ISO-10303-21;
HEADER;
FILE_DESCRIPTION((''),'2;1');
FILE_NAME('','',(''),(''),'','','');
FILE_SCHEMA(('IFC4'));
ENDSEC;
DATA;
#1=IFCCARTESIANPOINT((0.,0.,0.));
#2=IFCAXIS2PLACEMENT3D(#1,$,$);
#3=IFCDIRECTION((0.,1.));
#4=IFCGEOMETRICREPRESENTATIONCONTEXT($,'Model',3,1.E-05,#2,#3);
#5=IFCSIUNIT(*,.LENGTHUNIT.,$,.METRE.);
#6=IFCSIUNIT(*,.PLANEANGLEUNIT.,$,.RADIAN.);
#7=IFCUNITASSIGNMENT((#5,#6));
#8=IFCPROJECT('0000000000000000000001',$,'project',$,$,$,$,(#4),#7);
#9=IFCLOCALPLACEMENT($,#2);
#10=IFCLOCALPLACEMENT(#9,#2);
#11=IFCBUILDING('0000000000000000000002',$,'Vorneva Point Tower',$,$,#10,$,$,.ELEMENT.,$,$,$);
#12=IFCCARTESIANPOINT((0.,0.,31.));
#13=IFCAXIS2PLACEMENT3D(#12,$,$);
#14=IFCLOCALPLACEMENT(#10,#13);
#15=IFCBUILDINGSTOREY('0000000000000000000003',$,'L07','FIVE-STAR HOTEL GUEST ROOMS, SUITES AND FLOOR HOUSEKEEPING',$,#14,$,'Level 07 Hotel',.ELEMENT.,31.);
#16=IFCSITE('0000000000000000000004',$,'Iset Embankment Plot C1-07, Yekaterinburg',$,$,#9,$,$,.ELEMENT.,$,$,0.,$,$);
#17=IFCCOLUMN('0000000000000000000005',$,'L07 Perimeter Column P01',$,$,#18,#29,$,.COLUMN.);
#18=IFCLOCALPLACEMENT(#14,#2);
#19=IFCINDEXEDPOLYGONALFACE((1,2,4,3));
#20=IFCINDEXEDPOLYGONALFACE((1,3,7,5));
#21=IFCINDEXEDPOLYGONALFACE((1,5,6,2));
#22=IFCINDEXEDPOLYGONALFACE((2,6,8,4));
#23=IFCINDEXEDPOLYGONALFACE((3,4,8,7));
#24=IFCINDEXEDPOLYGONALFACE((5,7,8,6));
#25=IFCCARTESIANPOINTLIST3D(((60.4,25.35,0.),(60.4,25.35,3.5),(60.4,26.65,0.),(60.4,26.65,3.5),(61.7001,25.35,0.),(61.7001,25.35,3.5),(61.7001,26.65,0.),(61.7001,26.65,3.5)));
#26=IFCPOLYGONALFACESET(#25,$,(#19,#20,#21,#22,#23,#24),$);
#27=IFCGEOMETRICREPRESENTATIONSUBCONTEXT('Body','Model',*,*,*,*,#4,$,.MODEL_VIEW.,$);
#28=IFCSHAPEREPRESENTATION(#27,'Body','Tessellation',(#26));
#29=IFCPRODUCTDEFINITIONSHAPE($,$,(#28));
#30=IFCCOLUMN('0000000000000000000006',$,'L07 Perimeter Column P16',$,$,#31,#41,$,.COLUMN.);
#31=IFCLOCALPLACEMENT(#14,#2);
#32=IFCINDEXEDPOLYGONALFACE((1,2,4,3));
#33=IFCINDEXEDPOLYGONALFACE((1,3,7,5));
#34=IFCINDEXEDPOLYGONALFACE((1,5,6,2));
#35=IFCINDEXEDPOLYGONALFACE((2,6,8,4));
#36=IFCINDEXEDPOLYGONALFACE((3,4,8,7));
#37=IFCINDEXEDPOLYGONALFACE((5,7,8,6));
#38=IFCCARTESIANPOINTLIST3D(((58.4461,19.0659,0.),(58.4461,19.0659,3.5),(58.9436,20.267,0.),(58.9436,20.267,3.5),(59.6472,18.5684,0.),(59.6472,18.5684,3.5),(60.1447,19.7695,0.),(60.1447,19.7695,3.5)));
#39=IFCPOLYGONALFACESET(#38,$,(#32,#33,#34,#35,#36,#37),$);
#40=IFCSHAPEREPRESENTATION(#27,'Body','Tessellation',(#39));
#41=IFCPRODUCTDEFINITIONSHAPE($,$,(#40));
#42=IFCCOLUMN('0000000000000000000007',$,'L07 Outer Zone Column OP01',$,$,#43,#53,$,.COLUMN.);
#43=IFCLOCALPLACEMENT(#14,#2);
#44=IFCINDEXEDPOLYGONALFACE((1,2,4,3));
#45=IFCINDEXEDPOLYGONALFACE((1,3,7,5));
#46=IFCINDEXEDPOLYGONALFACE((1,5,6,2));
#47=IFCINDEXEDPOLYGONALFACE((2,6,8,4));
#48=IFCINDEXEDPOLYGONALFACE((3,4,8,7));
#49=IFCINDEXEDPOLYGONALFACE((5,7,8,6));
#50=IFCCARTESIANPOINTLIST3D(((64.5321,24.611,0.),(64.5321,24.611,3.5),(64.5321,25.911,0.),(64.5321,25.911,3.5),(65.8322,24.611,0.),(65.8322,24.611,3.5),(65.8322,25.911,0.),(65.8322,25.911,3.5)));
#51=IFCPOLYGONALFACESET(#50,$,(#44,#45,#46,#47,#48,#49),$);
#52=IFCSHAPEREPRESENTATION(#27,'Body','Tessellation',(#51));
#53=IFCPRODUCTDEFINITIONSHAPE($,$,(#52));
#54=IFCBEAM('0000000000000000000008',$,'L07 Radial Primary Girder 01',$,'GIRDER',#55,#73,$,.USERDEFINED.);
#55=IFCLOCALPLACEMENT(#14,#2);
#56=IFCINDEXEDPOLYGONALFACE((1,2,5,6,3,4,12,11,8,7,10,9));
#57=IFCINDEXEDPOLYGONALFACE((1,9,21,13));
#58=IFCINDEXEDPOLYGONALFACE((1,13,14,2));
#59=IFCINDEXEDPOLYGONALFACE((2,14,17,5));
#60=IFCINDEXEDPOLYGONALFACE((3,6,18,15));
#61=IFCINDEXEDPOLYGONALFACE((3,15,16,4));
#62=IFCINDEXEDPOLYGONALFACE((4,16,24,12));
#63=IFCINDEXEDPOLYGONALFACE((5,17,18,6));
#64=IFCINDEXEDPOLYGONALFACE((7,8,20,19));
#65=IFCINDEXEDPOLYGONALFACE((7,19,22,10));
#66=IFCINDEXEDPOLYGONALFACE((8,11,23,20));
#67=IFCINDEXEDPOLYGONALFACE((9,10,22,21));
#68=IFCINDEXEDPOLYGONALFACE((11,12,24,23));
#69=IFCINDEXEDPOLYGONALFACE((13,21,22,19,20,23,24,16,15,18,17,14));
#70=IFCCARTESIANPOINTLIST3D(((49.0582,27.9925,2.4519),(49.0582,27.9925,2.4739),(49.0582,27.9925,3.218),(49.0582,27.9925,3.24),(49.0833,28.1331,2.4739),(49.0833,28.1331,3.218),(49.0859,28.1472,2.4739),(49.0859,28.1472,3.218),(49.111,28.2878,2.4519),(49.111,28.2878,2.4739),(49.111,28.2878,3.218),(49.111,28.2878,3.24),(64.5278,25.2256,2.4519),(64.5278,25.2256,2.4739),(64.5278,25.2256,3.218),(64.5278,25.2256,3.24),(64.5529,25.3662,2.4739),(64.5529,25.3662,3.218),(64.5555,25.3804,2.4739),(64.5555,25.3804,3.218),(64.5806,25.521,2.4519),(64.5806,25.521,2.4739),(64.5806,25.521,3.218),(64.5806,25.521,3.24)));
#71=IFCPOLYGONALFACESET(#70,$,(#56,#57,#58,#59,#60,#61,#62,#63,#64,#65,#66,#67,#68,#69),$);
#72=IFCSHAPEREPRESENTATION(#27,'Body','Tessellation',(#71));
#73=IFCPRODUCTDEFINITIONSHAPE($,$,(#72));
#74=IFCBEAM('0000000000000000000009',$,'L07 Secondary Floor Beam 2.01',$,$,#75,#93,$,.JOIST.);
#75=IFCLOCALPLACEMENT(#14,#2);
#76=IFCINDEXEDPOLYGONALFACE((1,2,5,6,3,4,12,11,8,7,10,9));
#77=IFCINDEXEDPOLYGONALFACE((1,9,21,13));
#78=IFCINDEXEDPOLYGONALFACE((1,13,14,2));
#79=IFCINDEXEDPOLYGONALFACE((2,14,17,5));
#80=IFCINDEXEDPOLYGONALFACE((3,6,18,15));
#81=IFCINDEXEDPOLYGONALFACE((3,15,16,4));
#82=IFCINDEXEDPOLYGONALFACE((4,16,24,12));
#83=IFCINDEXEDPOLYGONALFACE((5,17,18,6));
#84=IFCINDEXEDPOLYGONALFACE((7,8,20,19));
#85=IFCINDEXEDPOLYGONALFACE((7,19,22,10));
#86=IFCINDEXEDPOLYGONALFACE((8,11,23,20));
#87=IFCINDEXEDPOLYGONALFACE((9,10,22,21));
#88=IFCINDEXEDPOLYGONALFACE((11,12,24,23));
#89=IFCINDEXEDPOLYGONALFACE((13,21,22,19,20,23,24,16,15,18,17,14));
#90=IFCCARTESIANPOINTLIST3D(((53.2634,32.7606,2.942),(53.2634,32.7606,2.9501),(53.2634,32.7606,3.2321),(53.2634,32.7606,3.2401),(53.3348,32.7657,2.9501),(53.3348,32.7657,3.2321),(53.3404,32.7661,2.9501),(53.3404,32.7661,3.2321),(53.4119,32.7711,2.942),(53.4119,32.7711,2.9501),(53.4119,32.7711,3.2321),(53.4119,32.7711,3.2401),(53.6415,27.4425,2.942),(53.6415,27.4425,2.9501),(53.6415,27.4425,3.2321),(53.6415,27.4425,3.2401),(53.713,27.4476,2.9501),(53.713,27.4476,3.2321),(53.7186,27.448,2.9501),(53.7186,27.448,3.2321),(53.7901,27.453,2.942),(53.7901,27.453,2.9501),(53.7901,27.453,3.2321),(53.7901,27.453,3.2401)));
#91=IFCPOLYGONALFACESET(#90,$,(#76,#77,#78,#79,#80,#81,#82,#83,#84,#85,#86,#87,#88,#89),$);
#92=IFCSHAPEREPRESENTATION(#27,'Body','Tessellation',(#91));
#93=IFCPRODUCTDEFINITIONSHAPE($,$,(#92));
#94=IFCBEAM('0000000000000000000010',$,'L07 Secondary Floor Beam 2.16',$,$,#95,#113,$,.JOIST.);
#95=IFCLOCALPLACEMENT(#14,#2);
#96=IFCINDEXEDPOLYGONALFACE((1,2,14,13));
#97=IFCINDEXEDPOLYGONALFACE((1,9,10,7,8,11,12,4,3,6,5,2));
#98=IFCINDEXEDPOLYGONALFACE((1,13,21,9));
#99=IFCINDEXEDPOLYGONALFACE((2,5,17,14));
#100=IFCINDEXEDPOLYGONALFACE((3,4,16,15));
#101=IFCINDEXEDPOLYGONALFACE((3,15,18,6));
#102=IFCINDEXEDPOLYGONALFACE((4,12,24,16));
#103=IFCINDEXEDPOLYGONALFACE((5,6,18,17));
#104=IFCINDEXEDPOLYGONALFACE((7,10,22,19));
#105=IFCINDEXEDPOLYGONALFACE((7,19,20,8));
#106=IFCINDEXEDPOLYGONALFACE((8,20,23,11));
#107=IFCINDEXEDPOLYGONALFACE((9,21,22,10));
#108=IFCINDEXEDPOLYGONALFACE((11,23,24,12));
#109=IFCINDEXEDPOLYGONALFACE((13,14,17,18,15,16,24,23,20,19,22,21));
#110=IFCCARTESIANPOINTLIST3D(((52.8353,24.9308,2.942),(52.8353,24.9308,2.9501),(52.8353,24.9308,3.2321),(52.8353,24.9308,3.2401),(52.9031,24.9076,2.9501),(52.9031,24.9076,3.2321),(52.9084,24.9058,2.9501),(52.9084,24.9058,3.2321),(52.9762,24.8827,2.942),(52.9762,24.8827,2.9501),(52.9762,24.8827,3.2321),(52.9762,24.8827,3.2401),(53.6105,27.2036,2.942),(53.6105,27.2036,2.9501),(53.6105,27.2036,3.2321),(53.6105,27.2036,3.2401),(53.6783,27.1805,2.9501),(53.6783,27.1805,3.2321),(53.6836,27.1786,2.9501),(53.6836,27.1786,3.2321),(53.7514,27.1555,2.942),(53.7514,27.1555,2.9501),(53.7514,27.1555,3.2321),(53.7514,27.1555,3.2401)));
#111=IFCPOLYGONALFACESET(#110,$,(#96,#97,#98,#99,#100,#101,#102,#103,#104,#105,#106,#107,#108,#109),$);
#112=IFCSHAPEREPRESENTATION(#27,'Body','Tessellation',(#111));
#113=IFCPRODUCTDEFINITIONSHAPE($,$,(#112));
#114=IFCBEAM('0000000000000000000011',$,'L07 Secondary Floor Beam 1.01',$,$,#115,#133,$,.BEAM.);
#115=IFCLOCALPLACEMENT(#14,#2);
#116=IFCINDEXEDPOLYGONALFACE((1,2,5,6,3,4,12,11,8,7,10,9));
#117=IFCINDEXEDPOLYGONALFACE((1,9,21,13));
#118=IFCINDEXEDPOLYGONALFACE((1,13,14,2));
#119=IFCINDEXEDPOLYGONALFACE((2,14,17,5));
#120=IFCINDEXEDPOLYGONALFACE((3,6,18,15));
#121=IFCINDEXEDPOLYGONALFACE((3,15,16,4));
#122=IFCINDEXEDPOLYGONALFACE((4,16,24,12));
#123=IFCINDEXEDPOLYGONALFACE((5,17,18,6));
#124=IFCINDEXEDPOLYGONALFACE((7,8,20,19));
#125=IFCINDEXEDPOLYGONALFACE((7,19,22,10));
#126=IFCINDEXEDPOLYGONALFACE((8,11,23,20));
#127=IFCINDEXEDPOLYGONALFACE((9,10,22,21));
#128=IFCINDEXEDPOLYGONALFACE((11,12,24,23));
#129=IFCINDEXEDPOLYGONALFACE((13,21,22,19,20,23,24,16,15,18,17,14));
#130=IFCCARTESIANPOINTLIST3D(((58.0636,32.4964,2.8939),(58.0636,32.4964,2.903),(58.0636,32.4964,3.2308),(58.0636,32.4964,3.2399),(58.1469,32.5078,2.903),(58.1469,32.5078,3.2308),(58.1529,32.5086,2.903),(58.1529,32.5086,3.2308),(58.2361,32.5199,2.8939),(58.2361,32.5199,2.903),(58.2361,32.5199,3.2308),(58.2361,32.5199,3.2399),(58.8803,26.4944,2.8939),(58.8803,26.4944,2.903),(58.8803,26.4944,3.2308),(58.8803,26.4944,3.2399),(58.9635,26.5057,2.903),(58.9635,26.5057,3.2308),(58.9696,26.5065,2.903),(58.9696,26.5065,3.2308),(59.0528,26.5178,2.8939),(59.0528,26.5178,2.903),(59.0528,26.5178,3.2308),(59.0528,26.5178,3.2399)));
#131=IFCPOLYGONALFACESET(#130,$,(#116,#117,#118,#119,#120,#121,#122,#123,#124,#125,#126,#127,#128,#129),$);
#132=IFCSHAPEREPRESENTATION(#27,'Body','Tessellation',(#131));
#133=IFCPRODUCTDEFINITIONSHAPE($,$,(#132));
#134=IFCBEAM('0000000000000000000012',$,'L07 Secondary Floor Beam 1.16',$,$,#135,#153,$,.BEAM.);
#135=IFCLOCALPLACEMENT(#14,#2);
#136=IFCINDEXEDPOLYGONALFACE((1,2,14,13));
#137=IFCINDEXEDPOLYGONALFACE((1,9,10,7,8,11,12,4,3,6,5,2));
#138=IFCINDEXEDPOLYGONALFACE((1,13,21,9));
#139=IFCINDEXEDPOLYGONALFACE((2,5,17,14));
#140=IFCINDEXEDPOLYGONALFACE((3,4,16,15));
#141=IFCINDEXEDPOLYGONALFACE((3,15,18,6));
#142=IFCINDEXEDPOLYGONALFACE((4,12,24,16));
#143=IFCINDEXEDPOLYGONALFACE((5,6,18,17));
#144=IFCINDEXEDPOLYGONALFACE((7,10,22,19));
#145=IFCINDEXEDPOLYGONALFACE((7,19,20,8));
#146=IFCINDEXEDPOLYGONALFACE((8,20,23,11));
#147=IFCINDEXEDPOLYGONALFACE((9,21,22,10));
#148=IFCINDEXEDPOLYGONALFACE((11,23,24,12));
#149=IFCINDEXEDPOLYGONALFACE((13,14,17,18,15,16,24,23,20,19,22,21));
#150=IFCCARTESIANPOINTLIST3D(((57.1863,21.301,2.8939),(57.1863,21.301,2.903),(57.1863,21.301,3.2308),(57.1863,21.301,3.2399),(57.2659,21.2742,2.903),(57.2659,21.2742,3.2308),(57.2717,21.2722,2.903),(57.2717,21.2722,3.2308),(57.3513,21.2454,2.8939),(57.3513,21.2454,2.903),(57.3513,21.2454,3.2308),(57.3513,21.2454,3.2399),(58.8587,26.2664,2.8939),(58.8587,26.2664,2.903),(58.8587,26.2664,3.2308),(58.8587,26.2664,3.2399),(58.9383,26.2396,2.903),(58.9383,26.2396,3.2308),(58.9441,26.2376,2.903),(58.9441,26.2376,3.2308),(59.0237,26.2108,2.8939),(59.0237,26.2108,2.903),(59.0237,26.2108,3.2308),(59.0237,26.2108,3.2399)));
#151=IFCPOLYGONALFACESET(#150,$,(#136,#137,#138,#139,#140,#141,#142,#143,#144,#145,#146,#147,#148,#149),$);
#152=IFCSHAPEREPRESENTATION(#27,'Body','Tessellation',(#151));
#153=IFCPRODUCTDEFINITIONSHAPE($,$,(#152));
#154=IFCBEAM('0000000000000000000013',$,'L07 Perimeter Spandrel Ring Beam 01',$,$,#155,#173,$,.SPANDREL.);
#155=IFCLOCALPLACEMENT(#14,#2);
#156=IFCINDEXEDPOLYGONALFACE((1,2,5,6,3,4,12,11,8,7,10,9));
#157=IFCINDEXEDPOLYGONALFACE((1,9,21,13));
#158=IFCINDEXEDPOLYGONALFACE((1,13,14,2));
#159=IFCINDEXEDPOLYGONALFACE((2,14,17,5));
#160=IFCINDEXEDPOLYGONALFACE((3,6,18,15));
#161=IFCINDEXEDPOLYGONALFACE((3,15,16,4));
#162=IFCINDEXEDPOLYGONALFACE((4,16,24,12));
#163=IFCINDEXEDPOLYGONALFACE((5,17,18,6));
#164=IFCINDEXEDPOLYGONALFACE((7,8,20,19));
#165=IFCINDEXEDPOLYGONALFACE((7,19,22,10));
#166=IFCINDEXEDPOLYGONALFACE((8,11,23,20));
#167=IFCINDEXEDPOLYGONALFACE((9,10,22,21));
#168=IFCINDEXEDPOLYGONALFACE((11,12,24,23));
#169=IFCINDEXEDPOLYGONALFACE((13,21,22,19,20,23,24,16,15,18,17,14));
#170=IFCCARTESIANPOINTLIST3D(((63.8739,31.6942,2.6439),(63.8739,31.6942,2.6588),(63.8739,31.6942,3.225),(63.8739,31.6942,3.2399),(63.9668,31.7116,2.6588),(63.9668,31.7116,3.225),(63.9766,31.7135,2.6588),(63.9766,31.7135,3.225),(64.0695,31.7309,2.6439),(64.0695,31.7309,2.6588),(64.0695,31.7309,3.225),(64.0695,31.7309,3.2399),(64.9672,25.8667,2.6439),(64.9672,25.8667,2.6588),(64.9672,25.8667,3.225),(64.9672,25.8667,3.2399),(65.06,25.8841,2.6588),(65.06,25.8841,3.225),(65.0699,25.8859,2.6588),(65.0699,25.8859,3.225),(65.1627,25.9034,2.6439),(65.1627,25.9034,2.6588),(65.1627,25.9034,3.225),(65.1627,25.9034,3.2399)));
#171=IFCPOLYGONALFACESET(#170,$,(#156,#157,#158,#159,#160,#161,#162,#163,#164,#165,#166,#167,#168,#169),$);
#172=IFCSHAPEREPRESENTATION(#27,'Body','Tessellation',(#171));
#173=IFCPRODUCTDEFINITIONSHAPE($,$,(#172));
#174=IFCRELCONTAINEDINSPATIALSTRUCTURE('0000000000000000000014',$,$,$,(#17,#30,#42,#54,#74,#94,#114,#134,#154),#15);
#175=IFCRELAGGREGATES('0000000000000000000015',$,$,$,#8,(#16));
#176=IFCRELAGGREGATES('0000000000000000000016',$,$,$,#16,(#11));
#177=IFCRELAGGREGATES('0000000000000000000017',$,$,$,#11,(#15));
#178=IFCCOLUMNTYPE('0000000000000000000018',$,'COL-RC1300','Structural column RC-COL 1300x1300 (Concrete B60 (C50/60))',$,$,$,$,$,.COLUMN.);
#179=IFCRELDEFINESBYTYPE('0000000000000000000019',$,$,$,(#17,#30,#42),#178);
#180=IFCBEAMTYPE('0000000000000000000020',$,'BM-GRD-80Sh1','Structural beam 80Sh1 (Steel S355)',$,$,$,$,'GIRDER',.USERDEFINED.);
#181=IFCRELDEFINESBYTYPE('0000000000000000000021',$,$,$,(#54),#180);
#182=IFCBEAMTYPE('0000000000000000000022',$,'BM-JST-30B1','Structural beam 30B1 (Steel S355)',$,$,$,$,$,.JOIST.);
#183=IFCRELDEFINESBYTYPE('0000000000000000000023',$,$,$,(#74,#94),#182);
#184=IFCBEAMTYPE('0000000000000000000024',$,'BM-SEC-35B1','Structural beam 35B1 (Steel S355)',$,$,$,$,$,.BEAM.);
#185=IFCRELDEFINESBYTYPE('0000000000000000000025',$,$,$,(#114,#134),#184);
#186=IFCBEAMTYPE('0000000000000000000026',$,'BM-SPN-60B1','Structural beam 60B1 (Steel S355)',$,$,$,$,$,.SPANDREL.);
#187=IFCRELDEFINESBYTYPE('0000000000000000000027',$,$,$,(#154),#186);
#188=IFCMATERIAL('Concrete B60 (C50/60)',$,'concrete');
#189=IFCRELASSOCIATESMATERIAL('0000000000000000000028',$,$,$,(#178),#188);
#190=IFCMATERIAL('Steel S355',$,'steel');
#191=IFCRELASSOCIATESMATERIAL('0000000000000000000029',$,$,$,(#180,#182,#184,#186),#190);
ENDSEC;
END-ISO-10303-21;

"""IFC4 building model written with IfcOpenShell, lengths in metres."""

from ifc_helpers import new_model, si_unit, direction, frame, origin, origin_2d, place, context, subcontext, project, spatial, rectangle, i_section, extrude, material, material_profile, profile_set, type_object, element, save


model = new_model("IFC4")

# Units and contexts
model_context = context("Model", 3, precision=1e-05, world=origin(), true_north=direction((0.0, 1.0)))
body_context = subcontext(model_context, "Body", "Model", "MODEL_VIEW")
ifc_project = project(units=[si_unit("LENGTHUNIT", "METRE"), si_unit("PLANEANGLEUNIT", "RADIAN")], contexts=[model_context])

# Site, building, storey
site_placement = place(None, origin())
site = spatial("IfcSite", under=ifc_project, at=site_placement, Name="Iset Embankment Plot C1-07, Yekaterinburg", CompositionType="ELEMENT", RefElevation=0.0)
building_placement = place(site_placement, origin())
building = spatial("IfcBuilding", under=site, at=building_placement, Name="Vorneva Point Tower", CompositionType="ELEMENT")
storey_placement = place(building_placement, frame((0.0, 0.0, 31.0)))
storey = spatial("IfcBuildingStorey", under=building, at=storey_placement, Name="L07", Description="FIVE-STAR HOTEL GUEST ROOMS, SUITES AND FLOOR HOUSEKEEPING", LongName="Level 07 Hotel", CompositionType="ELEMENT", Elevation=31.0)

# Columns
ifc_material_1 = material(Name="Concrete B60 (C50/60)", Category="concrete")
ifc_material_profile_1 = material_profile(ifc_material_1, rectangle(XDim=1.3, YDim=1.3, at=origin_2d()), Name="RC-COL 1300x1300")
ifc_profile_set_1 = profile_set([ifc_material_profile_1], Name="Concrete B60 (C50/60)")
column_type = type_object("IfcColumnType", Name="COL-RC1300", Description="Structural column RC-COL 1300x1300 (Concrete B60 (C50/60))", PredefinedType="COLUMN", material=ifc_profile_set_1)
for number, where, z_axis, x_axis, name in (
    (1, (61.05, 26.0, 0.0), (0.0, 0.0, 1.0), (1.0, 0.0, 0.0), "L07 Perimeter Column P01"),
    (2, (59.2954, 19.4177, 0.0), (0.0, 0.0, 1.0), (0.92388, -0.382683, 0.0), "L07 Perimeter Column P16"),
    (3, (65.1821, 25.261, 0.0), (0.0, 0.0, 1.0), (1.0, 0.0, 0.0), "L07 Outer Zone Column OP01"),
):
    element("IfcColumn", number, at=place(storey_placement, frame(where, z_axis=z_axis, x_axis=x_axis)), inside=storey, type_object=column_type, Name=name, PredefinedType="COLUMN", context=body_context, shape_type="SweptSolid", body=[
        extrude(rectangle(XDim=1.3, YDim=1.3, at=origin_2d()), origin(), (0.0, 0.0, 1.0), 3.5),
    ])

# Beams
ifc_material_2 = material(Name="Steel S355", Category="steel")
ifc_material_profile_2 = material_profile(ifc_material_2, i_section(OverallWidth=0.3, OverallDepth=0.7881, WebThickness=0.0144, FlangeThickness=0.022, at=origin_2d()), Name="80Sh1")
ifc_profile_set_2 = profile_set([ifc_material_profile_2], Name="Steel S355")
beam_type_1 = type_object("IfcBeamType", Name="BM-GRD-80Sh1", Description="Structural beam 80Sh1 (Steel S355)", ElementType="GIRDER", PredefinedType="USERDEFINED", material=ifc_profile_set_2)
beam_1_placement = place(storey_placement, frame((64.5542, 25.3733, 2.8459), z_axis=(-0.984379, 0.176064, 0.0), x_axis=(-0.176064, -0.984379, 0.0)))
element("IfcBeam", 4, at=beam_1_placement, inside=storey, type_object=beam_type_1, Name="L07 Radial Primary Girder 01", ObjectType="GIRDER", PredefinedType="USERDEFINED", context=body_context, shape_type="SweptSolid", body=[
    extrude(i_section(OverallWidth=0.3, OverallDepth=0.7881, WebThickness=0.0144, FlangeThickness=0.022, at=origin_2d()), origin(), (0.0, 0.0, 1.0), 15.7151),
])
ifc_material_profile_3 = material_profile(ifc_material_2, i_section(OverallWidth=0.1489, OverallDepth=0.2981, WebThickness=0.0056, FlangeThickness=0.0081, at=origin_2d()), Name="30B1")
ifc_profile_set_3 = profile_set([ifc_material_profile_3], Name="Steel S355")
beam_type_2 = type_object("IfcBeamType", Name="BM-JST-30B1", Description="Structural beam 30B1 (Steel S355)", PredefinedType="JOIST", material=ifc_profile_set_3)
beam_2_placement = place(storey_placement, frame((53.7158, 27.4478, 3.0911), z_axis=(-0.070931, 0.997481, 0.0), x_axis=(-0.997481, -0.070931, 0.0)))
element("IfcBeam", 5, at=beam_2_placement, inside=storey, type_object=beam_type_2, Name="L07 Secondary Floor Beam 2.01", PredefinedType="JOIST", context=body_context, shape_type="SweptSolid", body=[
    extrude(i_section(OverallWidth=0.1489, OverallDepth=0.2981, WebThickness=0.0056, FlangeThickness=0.0081, at=origin_2d()), origin(), (0.0, 0.0, 1.0), 5.3315),
])
beam_3_placement = place(storey_placement, frame((52.9058, 24.9067, 3.0911), z_axis=(0.322808, 0.946464, 0.0), x_axis=(-0.946464, 0.322808, 0.0)))
element("IfcBeam", 6, at=beam_3_placement, inside=storey, type_object=beam_type_2, Name="L07 Secondary Floor Beam 2.16", PredefinedType="JOIST", context=body_context, shape_type="SweptSolid", body=[
    extrude(i_section(OverallWidth=0.1489, OverallDepth=0.2981, WebThickness=0.0056, FlangeThickness=0.0081, at=origin_2d()), origin(), (0.0, 0.0, 1.0), 2.4014),
])
ifc_material_profile_4 = material_profile(ifc_material_2, i_section(OverallWidth=0.1741, OverallDepth=0.3459, WebThickness=0.0061, FlangeThickness=0.009, at=origin_2d()), Name="35B1")
ifc_profile_set_4 = profile_set([ifc_material_profile_4], Name="Steel S355")
beam_type_3 = type_object("IfcBeamType", Name="BM-SEC-35B1", Description="Structural beam 35B1 (Steel S355)", PredefinedType="BEAM", material=ifc_profile_set_4)
beam_4_placement = place(storey_placement, frame((58.9666, 26.5061, 3.0669), z_axis=(-0.134822, 0.99087, 0.0), x_axis=(-0.99087, -0.134822, 0.0)))
element("IfcBeam", 7, at=beam_4_placement, inside=storey, type_object=beam_type_3, Name="L07 Secondary Floor Beam 1.01", PredefinedType="BEAM", context=body_context, shape_type="SweptSolid", body=[
    extrude(i_section(OverallWidth=0.1741, OverallDepth=0.3459, WebThickness=0.0061, FlangeThickness=0.009, at=origin_2d()), origin(), (0.0, 0.0, 1.0), 6.0574),
])
beam_5_placement = place(storey_placement, frame((57.2688, 21.2732, 3.0669), z_axis=(0.31919, 0.947691, 0.0), x_axis=(-0.947691, 0.31919, 0.0)))
element("IfcBeam", 8, at=beam_5_placement, inside=storey, type_object=beam_type_3, Name="L07 Secondary Floor Beam 1.16", PredefinedType="BEAM", context=body_context, shape_type="SweptSolid", body=[
    extrude(i_section(OverallWidth=0.1741, OverallDepth=0.3459, WebThickness=0.0061, FlangeThickness=0.009, at=origin_2d()), origin(), (0.0, 0.0, 1.0), 5.2395),
])
ifc_material_profile_5 = material_profile(ifc_material_2, i_section(OverallWidth=0.199, OverallDepth=0.5959, WebThickness=0.01, FlangeThickness=0.0149, at=origin_2d()), Name="60B1")
ifc_profile_set_5 = profile_set([ifc_material_profile_5], Name="Steel S355")
beam_type_4 = type_object("IfcBeamType", Name="BM-SPN-60B1", Description="Structural beam 60B1 (Steel S355)", PredefinedType="SPANDREL", material=ifc_profile_set_5)
beam_6_placement = place(storey_placement, frame((65.0649, 25.885, 2.9419), z_axis=(-0.184383, 0.982854, 0.0), x_axis=(-0.982854, -0.184383, 0.0)))
element("IfcBeam", 9, at=beam_6_placement, inside=storey, type_object=beam_type_4, Name="L07 Perimeter Spandrel Ring Beam 01", PredefinedType="SPANDREL", context=body_context, shape_type="SweptSolid", body=[
    extrude(i_section(OverallWidth=0.199, OverallDepth=0.5959, WebThickness=0.01, FlangeThickness=0.0149, at=origin_2d()), origin(), (0.0, 0.0, 1.0), 5.9292),
])

save(model, "model.ifc")
